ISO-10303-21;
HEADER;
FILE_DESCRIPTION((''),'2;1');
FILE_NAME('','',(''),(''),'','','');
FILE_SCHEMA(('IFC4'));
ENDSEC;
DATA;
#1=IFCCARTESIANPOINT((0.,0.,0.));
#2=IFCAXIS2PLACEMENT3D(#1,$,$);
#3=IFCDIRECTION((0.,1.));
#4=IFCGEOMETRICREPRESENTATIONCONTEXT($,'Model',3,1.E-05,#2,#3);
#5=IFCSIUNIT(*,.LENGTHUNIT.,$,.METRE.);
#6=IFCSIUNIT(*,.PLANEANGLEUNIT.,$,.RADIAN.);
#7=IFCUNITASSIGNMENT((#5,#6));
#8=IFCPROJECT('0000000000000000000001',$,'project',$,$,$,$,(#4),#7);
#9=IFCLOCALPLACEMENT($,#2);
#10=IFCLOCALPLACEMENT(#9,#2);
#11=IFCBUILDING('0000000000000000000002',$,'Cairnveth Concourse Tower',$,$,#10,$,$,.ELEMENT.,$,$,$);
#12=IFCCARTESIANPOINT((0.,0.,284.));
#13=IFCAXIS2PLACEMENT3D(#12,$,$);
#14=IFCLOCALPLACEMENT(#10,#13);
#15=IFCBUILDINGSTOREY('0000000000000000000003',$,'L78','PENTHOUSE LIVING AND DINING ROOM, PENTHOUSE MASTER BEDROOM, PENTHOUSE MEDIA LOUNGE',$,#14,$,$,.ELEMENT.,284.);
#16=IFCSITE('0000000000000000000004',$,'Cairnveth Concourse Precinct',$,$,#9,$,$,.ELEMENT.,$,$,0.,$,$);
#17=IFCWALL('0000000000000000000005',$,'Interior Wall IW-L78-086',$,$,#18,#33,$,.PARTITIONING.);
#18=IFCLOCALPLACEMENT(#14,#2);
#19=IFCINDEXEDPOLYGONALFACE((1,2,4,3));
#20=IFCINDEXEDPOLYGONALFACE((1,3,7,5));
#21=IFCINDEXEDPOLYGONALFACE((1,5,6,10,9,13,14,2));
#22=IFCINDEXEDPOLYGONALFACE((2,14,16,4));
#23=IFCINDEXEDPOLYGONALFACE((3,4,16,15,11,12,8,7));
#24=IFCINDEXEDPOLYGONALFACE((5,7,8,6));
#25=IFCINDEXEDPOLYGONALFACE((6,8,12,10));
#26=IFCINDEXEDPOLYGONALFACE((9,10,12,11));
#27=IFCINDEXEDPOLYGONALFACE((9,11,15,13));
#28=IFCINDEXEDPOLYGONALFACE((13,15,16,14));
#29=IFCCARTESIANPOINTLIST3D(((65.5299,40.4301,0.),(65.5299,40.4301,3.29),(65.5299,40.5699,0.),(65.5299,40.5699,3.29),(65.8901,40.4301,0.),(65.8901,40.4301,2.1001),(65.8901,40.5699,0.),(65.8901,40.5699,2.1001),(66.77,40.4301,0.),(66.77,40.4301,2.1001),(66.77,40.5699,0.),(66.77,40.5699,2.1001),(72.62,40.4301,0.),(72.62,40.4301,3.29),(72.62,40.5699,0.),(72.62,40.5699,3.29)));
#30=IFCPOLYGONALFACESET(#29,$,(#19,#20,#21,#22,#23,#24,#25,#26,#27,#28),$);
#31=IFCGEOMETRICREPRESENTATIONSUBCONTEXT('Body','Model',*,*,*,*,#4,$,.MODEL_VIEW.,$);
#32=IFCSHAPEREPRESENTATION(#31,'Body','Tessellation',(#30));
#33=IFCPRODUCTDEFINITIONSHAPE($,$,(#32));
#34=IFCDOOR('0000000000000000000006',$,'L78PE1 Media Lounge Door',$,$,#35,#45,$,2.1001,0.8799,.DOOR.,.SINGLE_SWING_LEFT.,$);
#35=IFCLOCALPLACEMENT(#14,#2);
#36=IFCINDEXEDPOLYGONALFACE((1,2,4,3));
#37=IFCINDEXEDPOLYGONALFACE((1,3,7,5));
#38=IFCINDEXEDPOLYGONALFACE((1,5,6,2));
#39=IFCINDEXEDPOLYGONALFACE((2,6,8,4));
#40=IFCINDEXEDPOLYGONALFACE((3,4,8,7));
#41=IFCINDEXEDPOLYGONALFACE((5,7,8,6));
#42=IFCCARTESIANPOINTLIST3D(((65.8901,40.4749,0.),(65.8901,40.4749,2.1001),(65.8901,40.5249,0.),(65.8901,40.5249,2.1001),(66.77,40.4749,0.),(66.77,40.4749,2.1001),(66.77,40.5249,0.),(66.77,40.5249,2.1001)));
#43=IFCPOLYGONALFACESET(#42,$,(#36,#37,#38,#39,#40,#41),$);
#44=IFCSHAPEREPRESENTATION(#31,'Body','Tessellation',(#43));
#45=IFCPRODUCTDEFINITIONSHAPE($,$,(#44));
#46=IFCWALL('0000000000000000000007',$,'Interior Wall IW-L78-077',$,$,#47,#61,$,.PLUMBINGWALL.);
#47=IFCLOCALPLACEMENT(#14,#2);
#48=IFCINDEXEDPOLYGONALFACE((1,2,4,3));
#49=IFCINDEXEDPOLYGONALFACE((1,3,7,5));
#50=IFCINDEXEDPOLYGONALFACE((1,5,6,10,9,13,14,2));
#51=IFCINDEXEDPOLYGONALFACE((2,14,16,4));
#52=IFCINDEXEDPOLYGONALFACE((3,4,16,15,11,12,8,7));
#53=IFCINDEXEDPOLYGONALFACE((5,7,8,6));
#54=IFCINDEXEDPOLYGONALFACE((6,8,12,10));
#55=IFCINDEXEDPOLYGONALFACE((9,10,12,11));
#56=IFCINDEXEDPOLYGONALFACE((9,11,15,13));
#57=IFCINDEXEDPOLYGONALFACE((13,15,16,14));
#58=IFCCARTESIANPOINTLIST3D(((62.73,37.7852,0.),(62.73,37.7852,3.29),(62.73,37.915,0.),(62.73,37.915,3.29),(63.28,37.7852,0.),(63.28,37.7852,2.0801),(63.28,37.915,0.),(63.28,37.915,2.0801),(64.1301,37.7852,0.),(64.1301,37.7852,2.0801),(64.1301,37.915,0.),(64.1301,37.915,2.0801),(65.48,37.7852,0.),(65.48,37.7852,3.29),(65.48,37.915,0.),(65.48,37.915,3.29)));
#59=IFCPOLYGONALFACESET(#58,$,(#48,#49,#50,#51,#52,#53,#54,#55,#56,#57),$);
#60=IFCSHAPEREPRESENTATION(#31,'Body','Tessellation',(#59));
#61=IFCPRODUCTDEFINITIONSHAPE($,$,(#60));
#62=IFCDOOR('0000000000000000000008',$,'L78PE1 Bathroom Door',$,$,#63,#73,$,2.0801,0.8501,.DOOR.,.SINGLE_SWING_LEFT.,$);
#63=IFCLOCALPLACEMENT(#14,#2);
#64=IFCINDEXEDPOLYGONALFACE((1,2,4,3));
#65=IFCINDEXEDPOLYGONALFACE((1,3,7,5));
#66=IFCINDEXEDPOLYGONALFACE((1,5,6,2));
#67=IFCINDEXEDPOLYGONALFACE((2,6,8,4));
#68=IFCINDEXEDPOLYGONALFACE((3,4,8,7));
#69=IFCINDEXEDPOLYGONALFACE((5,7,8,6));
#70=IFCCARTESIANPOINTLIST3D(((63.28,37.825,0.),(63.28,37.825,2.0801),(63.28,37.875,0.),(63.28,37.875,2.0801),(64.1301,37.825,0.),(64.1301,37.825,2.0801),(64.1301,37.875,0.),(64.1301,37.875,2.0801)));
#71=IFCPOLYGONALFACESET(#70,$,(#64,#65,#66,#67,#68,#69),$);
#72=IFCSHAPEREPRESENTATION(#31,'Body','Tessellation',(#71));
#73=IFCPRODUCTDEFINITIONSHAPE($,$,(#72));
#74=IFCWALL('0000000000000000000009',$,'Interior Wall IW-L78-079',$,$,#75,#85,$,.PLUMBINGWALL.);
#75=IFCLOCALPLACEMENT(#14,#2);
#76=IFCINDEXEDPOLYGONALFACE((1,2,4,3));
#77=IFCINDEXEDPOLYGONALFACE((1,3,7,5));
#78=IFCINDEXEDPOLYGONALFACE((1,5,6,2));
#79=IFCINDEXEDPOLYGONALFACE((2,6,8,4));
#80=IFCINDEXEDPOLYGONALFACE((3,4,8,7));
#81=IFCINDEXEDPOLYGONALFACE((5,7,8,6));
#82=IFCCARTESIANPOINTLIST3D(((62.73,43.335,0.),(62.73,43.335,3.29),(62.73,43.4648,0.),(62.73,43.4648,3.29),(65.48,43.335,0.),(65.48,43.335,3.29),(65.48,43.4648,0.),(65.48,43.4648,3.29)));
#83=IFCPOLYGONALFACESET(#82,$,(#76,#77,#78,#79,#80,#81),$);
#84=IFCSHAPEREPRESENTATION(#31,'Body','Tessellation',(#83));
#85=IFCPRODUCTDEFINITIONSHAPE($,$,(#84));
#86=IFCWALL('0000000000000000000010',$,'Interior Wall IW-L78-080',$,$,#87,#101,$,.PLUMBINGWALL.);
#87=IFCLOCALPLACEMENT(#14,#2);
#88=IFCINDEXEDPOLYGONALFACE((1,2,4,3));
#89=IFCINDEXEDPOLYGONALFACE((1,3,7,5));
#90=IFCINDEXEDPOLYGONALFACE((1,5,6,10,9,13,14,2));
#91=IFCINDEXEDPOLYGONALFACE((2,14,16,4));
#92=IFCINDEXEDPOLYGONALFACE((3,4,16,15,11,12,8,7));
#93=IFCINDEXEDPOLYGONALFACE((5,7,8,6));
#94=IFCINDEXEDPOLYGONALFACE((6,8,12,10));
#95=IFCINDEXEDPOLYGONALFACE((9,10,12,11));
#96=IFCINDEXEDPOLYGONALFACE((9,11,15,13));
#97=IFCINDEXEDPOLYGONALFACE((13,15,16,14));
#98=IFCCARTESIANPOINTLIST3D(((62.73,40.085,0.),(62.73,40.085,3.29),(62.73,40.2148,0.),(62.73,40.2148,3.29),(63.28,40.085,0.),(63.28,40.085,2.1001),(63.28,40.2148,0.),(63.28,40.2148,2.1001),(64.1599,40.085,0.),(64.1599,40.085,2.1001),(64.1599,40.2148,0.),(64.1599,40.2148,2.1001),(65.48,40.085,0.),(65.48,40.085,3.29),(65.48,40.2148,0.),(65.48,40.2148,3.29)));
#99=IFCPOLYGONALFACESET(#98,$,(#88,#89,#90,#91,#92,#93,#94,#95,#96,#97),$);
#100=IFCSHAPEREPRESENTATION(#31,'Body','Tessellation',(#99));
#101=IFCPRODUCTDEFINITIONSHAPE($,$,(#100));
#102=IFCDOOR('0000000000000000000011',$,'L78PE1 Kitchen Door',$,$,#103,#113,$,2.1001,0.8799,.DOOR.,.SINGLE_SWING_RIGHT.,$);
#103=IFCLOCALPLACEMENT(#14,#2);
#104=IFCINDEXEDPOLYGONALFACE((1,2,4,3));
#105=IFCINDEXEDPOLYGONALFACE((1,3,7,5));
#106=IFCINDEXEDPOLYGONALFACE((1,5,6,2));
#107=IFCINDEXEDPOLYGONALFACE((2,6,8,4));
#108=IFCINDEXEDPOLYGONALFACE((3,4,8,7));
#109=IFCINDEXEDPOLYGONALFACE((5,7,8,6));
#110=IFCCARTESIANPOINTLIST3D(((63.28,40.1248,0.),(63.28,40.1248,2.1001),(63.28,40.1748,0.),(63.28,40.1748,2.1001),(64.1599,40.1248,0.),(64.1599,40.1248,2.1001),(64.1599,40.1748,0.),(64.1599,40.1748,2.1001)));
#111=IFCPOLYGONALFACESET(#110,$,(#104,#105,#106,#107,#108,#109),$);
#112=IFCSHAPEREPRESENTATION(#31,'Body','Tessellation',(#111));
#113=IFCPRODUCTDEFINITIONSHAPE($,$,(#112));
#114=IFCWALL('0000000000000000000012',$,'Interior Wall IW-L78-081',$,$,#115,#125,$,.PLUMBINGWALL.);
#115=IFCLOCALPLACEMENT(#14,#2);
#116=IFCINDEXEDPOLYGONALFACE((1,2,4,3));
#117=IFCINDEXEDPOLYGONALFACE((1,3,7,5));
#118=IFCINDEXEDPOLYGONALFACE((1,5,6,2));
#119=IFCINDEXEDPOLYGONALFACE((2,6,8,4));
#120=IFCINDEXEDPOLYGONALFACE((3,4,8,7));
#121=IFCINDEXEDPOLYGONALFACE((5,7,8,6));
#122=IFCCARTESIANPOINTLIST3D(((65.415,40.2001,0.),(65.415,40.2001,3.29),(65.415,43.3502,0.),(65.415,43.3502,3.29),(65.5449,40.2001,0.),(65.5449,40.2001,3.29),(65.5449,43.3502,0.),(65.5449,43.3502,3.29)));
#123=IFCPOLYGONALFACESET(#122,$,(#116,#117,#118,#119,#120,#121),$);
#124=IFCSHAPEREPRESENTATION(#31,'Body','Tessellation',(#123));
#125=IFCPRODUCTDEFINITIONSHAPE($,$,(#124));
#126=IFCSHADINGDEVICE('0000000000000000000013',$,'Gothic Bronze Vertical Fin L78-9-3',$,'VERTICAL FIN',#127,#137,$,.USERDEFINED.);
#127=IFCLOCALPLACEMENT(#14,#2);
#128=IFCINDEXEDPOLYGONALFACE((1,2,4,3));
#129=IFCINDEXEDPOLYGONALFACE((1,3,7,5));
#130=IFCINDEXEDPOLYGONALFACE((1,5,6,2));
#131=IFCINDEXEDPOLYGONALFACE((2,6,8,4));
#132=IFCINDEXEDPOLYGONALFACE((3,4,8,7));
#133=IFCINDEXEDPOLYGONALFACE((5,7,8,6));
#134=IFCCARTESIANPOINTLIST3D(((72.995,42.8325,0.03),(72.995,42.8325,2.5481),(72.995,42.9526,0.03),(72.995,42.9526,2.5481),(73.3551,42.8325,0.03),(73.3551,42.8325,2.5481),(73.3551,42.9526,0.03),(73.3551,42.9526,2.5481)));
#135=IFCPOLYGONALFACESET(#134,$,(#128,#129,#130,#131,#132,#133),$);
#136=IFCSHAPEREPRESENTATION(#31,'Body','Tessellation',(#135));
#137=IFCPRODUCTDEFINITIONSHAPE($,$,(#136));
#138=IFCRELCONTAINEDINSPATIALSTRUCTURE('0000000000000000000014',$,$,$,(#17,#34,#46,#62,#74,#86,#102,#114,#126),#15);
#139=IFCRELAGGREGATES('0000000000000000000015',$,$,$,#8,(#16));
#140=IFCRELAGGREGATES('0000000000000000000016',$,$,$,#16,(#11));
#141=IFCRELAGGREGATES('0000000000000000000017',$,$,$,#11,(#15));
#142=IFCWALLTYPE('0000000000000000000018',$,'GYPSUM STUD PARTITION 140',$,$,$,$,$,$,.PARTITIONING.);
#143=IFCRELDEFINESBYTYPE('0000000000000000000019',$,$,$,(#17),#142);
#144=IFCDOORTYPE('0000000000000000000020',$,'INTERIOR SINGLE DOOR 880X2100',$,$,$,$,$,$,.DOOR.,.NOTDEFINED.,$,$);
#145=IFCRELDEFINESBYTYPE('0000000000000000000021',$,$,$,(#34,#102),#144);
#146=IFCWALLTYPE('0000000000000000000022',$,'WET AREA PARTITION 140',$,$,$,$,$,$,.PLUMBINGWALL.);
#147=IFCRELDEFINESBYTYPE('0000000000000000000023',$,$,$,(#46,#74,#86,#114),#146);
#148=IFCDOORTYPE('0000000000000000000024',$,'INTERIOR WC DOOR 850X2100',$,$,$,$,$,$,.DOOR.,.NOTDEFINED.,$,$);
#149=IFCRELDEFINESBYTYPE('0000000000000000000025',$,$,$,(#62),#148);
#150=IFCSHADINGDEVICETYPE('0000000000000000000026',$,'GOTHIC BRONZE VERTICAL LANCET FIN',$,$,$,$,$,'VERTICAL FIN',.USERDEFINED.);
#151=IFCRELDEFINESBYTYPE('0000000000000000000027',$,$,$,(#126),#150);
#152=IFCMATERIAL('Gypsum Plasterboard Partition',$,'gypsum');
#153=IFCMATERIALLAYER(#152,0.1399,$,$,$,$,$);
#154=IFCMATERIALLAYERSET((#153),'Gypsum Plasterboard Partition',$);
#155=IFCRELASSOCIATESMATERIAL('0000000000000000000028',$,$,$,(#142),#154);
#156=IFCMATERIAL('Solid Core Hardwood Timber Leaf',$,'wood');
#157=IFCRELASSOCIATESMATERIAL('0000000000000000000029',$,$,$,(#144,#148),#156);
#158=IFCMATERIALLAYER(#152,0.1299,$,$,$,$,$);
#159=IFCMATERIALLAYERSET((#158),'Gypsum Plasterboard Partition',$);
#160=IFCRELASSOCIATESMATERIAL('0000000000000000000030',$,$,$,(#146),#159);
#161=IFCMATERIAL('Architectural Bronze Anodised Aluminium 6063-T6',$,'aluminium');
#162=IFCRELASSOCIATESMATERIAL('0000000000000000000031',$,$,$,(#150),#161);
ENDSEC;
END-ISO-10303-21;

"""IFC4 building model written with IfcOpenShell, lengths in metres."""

from ifc_helpers import new_model, si_unit, direction, frame, frame_2d, origin, origin_2d, place, context, subcontext, project, spatial, rectangle, extrude, material, layer, layer_set, type_object, element, fill, save


model = new_model("IFC4")

# Units and contexts
model_context = context("Model", 3, precision=1e-05, world=origin(), true_north=direction((0.0, 1.0)))
body_context = subcontext(model_context, "Body", "Model", "MODEL_VIEW")
ifc_project = project(units=[si_unit("LENGTHUNIT", "METRE"), si_unit("PLANEANGLEUNIT", "RADIAN")], contexts=[model_context])

# Site, building, storey
site_placement = place(None, origin())
site = spatial("IfcSite", under=ifc_project, at=site_placement, Name="Cairnveth Concourse Precinct", CompositionType="ELEMENT", RefElevation=0.0)
building_placement = place(site_placement, origin())
building = spatial("IfcBuilding", under=site, at=building_placement, Name="Cairnveth Concourse Tower", CompositionType="ELEMENT")
storey_placement = place(building_placement, frame((0.0, 0.0, 284.0)))
storey = spatial("IfcBuildingStorey", under=building, at=storey_placement, Name="L78", Description="PENTHOUSE LIVING AND DINING ROOM, PENTHOUSE MASTER BEDROOM, PENTHOUSE MEDIA LOUNGE", CompositionType="ELEMENT", Elevation=284.0)

# Walls, openings, doors
ifc_material_1 = material(Name="Gypsum Plasterboard Partition", Category="gypsum")
ifc_layer_1 = layer(ifc_material_1, 0.1399)
ifc_layer_set_1 = layer_set([ifc_layer_1], Name="Gypsum Plasterboard Partition")
wall_type_1 = type_object("IfcWallType", Name="GYPSUM STUD PARTITION 140", PredefinedType="PARTITIONING", material=ifc_layer_set_1)
ifc_material_2 = material(Name="Solid Core Hardwood Timber Leaf", Category="wood")
door_type_1 = type_object("IfcDoorType", Name="INTERIOR SINGLE DOOR 880X2100", OperationType="NOTDEFINED", PredefinedType="DOOR", material=ifc_material_2)
wall_1_placement = place(storey_placement, frame((65.53, 40.5, 0.0), z_axis=(0.0, 0.0, 1.0), x_axis=(1.0, 0.0, 0.0)))
wall_1 = element("IfcWall", 1, at=wall_1_placement, inside=storey, type_object=wall_type_1, Name="Interior Wall IW-L78-086", PredefinedType="PARTITIONING", context=body_context, shape_type="SweptSolid", body=[
    extrude(rectangle(XDim=7.0901, YDim=0.1399, at=frame_2d((3.5449, 0.0))), origin(), (0.0, 0.0, 1.0), 3.29),
])
opening_1_placement = place(wall_1_placement, frame((0.3601, 0.0, 0.0)))
opening_1 = element("IfcOpeningElement", 2, at=opening_1_placement, cuts=wall_1, PredefinedType="OPENING", context=body_context, shape_type="SweptSolid", body=[
    extrude(rectangle(XDim=0.8799, YDim=2.1001, at=frame_2d((0.4399, 1.05))), frame((0.0, 0.0798, 0.0), z_axis=(0.0, -1.0, 0.0), x_axis=(1.0, 0.0, 0.0)), (0.0, 0.0, 1.0), 0.1599),
])
door_1_placement = place(opening_1_placement, origin())
door_1 = element("IfcDoor", 3, at=door_1_placement, inside=storey, type_object=door_type_1, Name="L78PE1 Media Lounge Door", OperationType="SINGLE_SWING_LEFT", OverallHeight=2.1001, OverallWidth=0.8799, PredefinedType="DOOR", context=body_context, shape_type="SweptSolid", body=[
    extrude(rectangle(XDim=0.8799, YDim=2.1001, at=frame_2d((0.4399, 1.05))), frame((0.0, 0.0249, 0.0), z_axis=(0.0, -1.0, 0.0), x_axis=(1.0, 0.0, 0.0)), (0.0, 0.0, 1.0), 0.05),
])
fill(opening_1, door_1)
ifc_layer_2 = layer(ifc_material_1, 0.1299)
ifc_layer_set_2 = layer_set([ifc_layer_2], Name="Gypsum Plasterboard Partition")
wall_type_2 = type_object("IfcWallType", Name="WET AREA PARTITION 140", PredefinedType="PLUMBINGWALL", material=ifc_layer_set_2)
wall_2_placement = place(storey_placement, frame((62.73, 37.8501, 0.0), z_axis=(0.0, 0.0, 1.0), x_axis=(1.0, 0.0, 0.0)))
wall_2 = element("IfcWall", 4, at=wall_2_placement, inside=storey, type_object=wall_type_2, Name="Interior Wall IW-L78-077", PredefinedType="PLUMBINGWALL", context=body_context, shape_type="SweptSolid", body=[
    extrude(rectangle(XDim=2.75, YDim=0.1299, at=frame_2d((1.375, 0.0))), origin(), (0.0, 0.0, 1.0), 3.29),
])
opening_2_placement = place(wall_2_placement, frame((0.55, 0.0, 0.0)))
opening_2 = element("IfcOpeningElement", 5, at=opening_2_placement, cuts=wall_2, PredefinedType="OPENING", context=body_context, shape_type="SweptSolid", body=[
    extrude(rectangle(XDim=0.8501, YDim=2.0801, at=frame_2d((0.425, 1.04))), frame((0.0, 0.075, 0.0), z_axis=(0.0, -1.0, 0.0), x_axis=(1.0, 0.0, 0.0)), (0.0, 0.0, 1.0), 0.1499),
])
door_type_2 = type_object("IfcDoorType", Name="INTERIOR WC DOOR 850X2100", OperationType="NOTDEFINED", PredefinedType="DOOR", material=ifc_material_2)
door_2_placement = place(opening_2_placement, origin())
door_2 = element("IfcDoor", 6, at=door_2_placement, inside=storey, type_object=door_type_2, Name="L78PE1 Bathroom Door", OperationType="SINGLE_SWING_LEFT", OverallHeight=2.0801, OverallWidth=0.8501, PredefinedType="DOOR", context=body_context, shape_type="SweptSolid", body=[
    extrude(rectangle(XDim=0.8501, YDim=2.0801, at=frame_2d((0.425, 1.04))), frame((0.0, 0.0249, 0.0), z_axis=(0.0, -1.0, 0.0), x_axis=(1.0, 0.0, 0.0)), (0.0, 0.0, 1.0), 0.05),
])
fill(opening_2, door_2)

# Wall
wall_3_placement = place(storey_placement, frame((62.73, 43.3999, 0.0), z_axis=(0.0, 0.0, 1.0), x_axis=(1.0, 0.0, 0.0)))
element("IfcWall", 7, at=wall_3_placement, inside=storey, type_object=wall_type_2, Name="Interior Wall IW-L78-079", PredefinedType="PLUMBINGWALL", context=body_context, shape_type="SweptSolid", body=[
    extrude(rectangle(XDim=2.75, YDim=0.1299, at=frame_2d((1.375, 0.0))), origin(), (0.0, 0.0, 1.0), 3.29),
])

# Wall, opening, door
wall_4_placement = place(storey_placement, frame((62.73, 40.1499, 0.0), z_axis=(0.0, 0.0, 1.0), x_axis=(1.0, 0.0, 0.0)))
wall_4 = element("IfcWall", 8, at=wall_4_placement, inside=storey, type_object=wall_type_2, Name="Interior Wall IW-L78-080", PredefinedType="PLUMBINGWALL", context=body_context, shape_type="SweptSolid", body=[
    extrude(rectangle(XDim=2.75, YDim=0.1299, at=frame_2d((1.375, 0.0))), origin(), (0.0, 0.0, 1.0), 3.29),
])
opening_3_placement = place(wall_4_placement, frame((0.55, 0.0, 0.0)))
opening_3 = element("IfcOpeningElement", 9, at=opening_3_placement, cuts=wall_4, PredefinedType="OPENING", context=body_context, shape_type="SweptSolid", body=[
    extrude(rectangle(XDim=0.8799, YDim=2.1001, at=frame_2d((0.4399, 1.05))), frame((0.0, 0.075, 0.0), z_axis=(0.0, -1.0, 0.0), x_axis=(1.0, 0.0, 0.0)), (0.0, 0.0, 1.0), 0.1499),
])
door_3_placement = place(opening_3_placement, origin())
door_3 = element("IfcDoor", 10, at=door_3_placement, inside=storey, type_object=door_type_1, Name="L78PE1 Kitchen Door", OperationType="SINGLE_SWING_RIGHT", OverallHeight=2.1001, OverallWidth=0.8799, PredefinedType="DOOR", context=body_context, shape_type="SweptSolid", body=[
    extrude(rectangle(XDim=0.8799, YDim=2.1001, at=frame_2d((0.4399, 1.05))), frame((0.0, 0.0249, 0.0), z_axis=(0.0, -1.0, 0.0), x_axis=(1.0, 0.0, 0.0)), (0.0, 0.0, 1.0), 0.05),
])
fill(opening_3, door_3)

# Wall
wall_5_placement = place(storey_placement, frame((65.48, 40.2, 0.0), z_axis=(0.0, 0.0, 1.0), x_axis=(0.0, 1.0, 0.0)))
element("IfcWall", 11, at=wall_5_placement, inside=storey, type_object=wall_type_2, Name="Interior Wall IW-L78-081", PredefinedType="PLUMBINGWALL", context=body_context, shape_type="SweptSolid", body=[
    extrude(rectangle(XDim=3.1501, YDim=0.1299, at=frame_2d((1.5752, 0.0))), origin(), (0.0, 0.0, 1.0), 3.29),
])

# Shading device
ifc_material_3 = material(Name="Architectural Bronze Anodised Aluminium 6063-T6", Category="aluminium")
shading_device_type = type_object("IfcShadingDeviceType", Name="GOTHIC BRONZE VERTICAL LANCET FIN", ElementType="VERTICAL FIN", PredefinedType="USERDEFINED", material=ifc_material_3)
shading_device_placement = place(storey_placement, frame((73.175, 42.8926, 0.03), z_axis=(0.0, 0.0, 1.0), x_axis=(0.0, 1.0, 0.0)))
element("IfcShadingDevice", 12, at=shading_device_placement, inside=storey, type_object=shading_device_type, Name="Gothic Bronze Vertical Fin L78-9-3", ObjectType="VERTICAL FIN", PredefinedType="USERDEFINED", context=body_context, shape_type="SweptSolid", body=[
    extrude(rectangle(XDim=0.1201, YDim=0.3601, at=origin_2d()), origin(), (0.0, 0.0, 1.0), 2.5181),
])

save(model, "model.ifc")
